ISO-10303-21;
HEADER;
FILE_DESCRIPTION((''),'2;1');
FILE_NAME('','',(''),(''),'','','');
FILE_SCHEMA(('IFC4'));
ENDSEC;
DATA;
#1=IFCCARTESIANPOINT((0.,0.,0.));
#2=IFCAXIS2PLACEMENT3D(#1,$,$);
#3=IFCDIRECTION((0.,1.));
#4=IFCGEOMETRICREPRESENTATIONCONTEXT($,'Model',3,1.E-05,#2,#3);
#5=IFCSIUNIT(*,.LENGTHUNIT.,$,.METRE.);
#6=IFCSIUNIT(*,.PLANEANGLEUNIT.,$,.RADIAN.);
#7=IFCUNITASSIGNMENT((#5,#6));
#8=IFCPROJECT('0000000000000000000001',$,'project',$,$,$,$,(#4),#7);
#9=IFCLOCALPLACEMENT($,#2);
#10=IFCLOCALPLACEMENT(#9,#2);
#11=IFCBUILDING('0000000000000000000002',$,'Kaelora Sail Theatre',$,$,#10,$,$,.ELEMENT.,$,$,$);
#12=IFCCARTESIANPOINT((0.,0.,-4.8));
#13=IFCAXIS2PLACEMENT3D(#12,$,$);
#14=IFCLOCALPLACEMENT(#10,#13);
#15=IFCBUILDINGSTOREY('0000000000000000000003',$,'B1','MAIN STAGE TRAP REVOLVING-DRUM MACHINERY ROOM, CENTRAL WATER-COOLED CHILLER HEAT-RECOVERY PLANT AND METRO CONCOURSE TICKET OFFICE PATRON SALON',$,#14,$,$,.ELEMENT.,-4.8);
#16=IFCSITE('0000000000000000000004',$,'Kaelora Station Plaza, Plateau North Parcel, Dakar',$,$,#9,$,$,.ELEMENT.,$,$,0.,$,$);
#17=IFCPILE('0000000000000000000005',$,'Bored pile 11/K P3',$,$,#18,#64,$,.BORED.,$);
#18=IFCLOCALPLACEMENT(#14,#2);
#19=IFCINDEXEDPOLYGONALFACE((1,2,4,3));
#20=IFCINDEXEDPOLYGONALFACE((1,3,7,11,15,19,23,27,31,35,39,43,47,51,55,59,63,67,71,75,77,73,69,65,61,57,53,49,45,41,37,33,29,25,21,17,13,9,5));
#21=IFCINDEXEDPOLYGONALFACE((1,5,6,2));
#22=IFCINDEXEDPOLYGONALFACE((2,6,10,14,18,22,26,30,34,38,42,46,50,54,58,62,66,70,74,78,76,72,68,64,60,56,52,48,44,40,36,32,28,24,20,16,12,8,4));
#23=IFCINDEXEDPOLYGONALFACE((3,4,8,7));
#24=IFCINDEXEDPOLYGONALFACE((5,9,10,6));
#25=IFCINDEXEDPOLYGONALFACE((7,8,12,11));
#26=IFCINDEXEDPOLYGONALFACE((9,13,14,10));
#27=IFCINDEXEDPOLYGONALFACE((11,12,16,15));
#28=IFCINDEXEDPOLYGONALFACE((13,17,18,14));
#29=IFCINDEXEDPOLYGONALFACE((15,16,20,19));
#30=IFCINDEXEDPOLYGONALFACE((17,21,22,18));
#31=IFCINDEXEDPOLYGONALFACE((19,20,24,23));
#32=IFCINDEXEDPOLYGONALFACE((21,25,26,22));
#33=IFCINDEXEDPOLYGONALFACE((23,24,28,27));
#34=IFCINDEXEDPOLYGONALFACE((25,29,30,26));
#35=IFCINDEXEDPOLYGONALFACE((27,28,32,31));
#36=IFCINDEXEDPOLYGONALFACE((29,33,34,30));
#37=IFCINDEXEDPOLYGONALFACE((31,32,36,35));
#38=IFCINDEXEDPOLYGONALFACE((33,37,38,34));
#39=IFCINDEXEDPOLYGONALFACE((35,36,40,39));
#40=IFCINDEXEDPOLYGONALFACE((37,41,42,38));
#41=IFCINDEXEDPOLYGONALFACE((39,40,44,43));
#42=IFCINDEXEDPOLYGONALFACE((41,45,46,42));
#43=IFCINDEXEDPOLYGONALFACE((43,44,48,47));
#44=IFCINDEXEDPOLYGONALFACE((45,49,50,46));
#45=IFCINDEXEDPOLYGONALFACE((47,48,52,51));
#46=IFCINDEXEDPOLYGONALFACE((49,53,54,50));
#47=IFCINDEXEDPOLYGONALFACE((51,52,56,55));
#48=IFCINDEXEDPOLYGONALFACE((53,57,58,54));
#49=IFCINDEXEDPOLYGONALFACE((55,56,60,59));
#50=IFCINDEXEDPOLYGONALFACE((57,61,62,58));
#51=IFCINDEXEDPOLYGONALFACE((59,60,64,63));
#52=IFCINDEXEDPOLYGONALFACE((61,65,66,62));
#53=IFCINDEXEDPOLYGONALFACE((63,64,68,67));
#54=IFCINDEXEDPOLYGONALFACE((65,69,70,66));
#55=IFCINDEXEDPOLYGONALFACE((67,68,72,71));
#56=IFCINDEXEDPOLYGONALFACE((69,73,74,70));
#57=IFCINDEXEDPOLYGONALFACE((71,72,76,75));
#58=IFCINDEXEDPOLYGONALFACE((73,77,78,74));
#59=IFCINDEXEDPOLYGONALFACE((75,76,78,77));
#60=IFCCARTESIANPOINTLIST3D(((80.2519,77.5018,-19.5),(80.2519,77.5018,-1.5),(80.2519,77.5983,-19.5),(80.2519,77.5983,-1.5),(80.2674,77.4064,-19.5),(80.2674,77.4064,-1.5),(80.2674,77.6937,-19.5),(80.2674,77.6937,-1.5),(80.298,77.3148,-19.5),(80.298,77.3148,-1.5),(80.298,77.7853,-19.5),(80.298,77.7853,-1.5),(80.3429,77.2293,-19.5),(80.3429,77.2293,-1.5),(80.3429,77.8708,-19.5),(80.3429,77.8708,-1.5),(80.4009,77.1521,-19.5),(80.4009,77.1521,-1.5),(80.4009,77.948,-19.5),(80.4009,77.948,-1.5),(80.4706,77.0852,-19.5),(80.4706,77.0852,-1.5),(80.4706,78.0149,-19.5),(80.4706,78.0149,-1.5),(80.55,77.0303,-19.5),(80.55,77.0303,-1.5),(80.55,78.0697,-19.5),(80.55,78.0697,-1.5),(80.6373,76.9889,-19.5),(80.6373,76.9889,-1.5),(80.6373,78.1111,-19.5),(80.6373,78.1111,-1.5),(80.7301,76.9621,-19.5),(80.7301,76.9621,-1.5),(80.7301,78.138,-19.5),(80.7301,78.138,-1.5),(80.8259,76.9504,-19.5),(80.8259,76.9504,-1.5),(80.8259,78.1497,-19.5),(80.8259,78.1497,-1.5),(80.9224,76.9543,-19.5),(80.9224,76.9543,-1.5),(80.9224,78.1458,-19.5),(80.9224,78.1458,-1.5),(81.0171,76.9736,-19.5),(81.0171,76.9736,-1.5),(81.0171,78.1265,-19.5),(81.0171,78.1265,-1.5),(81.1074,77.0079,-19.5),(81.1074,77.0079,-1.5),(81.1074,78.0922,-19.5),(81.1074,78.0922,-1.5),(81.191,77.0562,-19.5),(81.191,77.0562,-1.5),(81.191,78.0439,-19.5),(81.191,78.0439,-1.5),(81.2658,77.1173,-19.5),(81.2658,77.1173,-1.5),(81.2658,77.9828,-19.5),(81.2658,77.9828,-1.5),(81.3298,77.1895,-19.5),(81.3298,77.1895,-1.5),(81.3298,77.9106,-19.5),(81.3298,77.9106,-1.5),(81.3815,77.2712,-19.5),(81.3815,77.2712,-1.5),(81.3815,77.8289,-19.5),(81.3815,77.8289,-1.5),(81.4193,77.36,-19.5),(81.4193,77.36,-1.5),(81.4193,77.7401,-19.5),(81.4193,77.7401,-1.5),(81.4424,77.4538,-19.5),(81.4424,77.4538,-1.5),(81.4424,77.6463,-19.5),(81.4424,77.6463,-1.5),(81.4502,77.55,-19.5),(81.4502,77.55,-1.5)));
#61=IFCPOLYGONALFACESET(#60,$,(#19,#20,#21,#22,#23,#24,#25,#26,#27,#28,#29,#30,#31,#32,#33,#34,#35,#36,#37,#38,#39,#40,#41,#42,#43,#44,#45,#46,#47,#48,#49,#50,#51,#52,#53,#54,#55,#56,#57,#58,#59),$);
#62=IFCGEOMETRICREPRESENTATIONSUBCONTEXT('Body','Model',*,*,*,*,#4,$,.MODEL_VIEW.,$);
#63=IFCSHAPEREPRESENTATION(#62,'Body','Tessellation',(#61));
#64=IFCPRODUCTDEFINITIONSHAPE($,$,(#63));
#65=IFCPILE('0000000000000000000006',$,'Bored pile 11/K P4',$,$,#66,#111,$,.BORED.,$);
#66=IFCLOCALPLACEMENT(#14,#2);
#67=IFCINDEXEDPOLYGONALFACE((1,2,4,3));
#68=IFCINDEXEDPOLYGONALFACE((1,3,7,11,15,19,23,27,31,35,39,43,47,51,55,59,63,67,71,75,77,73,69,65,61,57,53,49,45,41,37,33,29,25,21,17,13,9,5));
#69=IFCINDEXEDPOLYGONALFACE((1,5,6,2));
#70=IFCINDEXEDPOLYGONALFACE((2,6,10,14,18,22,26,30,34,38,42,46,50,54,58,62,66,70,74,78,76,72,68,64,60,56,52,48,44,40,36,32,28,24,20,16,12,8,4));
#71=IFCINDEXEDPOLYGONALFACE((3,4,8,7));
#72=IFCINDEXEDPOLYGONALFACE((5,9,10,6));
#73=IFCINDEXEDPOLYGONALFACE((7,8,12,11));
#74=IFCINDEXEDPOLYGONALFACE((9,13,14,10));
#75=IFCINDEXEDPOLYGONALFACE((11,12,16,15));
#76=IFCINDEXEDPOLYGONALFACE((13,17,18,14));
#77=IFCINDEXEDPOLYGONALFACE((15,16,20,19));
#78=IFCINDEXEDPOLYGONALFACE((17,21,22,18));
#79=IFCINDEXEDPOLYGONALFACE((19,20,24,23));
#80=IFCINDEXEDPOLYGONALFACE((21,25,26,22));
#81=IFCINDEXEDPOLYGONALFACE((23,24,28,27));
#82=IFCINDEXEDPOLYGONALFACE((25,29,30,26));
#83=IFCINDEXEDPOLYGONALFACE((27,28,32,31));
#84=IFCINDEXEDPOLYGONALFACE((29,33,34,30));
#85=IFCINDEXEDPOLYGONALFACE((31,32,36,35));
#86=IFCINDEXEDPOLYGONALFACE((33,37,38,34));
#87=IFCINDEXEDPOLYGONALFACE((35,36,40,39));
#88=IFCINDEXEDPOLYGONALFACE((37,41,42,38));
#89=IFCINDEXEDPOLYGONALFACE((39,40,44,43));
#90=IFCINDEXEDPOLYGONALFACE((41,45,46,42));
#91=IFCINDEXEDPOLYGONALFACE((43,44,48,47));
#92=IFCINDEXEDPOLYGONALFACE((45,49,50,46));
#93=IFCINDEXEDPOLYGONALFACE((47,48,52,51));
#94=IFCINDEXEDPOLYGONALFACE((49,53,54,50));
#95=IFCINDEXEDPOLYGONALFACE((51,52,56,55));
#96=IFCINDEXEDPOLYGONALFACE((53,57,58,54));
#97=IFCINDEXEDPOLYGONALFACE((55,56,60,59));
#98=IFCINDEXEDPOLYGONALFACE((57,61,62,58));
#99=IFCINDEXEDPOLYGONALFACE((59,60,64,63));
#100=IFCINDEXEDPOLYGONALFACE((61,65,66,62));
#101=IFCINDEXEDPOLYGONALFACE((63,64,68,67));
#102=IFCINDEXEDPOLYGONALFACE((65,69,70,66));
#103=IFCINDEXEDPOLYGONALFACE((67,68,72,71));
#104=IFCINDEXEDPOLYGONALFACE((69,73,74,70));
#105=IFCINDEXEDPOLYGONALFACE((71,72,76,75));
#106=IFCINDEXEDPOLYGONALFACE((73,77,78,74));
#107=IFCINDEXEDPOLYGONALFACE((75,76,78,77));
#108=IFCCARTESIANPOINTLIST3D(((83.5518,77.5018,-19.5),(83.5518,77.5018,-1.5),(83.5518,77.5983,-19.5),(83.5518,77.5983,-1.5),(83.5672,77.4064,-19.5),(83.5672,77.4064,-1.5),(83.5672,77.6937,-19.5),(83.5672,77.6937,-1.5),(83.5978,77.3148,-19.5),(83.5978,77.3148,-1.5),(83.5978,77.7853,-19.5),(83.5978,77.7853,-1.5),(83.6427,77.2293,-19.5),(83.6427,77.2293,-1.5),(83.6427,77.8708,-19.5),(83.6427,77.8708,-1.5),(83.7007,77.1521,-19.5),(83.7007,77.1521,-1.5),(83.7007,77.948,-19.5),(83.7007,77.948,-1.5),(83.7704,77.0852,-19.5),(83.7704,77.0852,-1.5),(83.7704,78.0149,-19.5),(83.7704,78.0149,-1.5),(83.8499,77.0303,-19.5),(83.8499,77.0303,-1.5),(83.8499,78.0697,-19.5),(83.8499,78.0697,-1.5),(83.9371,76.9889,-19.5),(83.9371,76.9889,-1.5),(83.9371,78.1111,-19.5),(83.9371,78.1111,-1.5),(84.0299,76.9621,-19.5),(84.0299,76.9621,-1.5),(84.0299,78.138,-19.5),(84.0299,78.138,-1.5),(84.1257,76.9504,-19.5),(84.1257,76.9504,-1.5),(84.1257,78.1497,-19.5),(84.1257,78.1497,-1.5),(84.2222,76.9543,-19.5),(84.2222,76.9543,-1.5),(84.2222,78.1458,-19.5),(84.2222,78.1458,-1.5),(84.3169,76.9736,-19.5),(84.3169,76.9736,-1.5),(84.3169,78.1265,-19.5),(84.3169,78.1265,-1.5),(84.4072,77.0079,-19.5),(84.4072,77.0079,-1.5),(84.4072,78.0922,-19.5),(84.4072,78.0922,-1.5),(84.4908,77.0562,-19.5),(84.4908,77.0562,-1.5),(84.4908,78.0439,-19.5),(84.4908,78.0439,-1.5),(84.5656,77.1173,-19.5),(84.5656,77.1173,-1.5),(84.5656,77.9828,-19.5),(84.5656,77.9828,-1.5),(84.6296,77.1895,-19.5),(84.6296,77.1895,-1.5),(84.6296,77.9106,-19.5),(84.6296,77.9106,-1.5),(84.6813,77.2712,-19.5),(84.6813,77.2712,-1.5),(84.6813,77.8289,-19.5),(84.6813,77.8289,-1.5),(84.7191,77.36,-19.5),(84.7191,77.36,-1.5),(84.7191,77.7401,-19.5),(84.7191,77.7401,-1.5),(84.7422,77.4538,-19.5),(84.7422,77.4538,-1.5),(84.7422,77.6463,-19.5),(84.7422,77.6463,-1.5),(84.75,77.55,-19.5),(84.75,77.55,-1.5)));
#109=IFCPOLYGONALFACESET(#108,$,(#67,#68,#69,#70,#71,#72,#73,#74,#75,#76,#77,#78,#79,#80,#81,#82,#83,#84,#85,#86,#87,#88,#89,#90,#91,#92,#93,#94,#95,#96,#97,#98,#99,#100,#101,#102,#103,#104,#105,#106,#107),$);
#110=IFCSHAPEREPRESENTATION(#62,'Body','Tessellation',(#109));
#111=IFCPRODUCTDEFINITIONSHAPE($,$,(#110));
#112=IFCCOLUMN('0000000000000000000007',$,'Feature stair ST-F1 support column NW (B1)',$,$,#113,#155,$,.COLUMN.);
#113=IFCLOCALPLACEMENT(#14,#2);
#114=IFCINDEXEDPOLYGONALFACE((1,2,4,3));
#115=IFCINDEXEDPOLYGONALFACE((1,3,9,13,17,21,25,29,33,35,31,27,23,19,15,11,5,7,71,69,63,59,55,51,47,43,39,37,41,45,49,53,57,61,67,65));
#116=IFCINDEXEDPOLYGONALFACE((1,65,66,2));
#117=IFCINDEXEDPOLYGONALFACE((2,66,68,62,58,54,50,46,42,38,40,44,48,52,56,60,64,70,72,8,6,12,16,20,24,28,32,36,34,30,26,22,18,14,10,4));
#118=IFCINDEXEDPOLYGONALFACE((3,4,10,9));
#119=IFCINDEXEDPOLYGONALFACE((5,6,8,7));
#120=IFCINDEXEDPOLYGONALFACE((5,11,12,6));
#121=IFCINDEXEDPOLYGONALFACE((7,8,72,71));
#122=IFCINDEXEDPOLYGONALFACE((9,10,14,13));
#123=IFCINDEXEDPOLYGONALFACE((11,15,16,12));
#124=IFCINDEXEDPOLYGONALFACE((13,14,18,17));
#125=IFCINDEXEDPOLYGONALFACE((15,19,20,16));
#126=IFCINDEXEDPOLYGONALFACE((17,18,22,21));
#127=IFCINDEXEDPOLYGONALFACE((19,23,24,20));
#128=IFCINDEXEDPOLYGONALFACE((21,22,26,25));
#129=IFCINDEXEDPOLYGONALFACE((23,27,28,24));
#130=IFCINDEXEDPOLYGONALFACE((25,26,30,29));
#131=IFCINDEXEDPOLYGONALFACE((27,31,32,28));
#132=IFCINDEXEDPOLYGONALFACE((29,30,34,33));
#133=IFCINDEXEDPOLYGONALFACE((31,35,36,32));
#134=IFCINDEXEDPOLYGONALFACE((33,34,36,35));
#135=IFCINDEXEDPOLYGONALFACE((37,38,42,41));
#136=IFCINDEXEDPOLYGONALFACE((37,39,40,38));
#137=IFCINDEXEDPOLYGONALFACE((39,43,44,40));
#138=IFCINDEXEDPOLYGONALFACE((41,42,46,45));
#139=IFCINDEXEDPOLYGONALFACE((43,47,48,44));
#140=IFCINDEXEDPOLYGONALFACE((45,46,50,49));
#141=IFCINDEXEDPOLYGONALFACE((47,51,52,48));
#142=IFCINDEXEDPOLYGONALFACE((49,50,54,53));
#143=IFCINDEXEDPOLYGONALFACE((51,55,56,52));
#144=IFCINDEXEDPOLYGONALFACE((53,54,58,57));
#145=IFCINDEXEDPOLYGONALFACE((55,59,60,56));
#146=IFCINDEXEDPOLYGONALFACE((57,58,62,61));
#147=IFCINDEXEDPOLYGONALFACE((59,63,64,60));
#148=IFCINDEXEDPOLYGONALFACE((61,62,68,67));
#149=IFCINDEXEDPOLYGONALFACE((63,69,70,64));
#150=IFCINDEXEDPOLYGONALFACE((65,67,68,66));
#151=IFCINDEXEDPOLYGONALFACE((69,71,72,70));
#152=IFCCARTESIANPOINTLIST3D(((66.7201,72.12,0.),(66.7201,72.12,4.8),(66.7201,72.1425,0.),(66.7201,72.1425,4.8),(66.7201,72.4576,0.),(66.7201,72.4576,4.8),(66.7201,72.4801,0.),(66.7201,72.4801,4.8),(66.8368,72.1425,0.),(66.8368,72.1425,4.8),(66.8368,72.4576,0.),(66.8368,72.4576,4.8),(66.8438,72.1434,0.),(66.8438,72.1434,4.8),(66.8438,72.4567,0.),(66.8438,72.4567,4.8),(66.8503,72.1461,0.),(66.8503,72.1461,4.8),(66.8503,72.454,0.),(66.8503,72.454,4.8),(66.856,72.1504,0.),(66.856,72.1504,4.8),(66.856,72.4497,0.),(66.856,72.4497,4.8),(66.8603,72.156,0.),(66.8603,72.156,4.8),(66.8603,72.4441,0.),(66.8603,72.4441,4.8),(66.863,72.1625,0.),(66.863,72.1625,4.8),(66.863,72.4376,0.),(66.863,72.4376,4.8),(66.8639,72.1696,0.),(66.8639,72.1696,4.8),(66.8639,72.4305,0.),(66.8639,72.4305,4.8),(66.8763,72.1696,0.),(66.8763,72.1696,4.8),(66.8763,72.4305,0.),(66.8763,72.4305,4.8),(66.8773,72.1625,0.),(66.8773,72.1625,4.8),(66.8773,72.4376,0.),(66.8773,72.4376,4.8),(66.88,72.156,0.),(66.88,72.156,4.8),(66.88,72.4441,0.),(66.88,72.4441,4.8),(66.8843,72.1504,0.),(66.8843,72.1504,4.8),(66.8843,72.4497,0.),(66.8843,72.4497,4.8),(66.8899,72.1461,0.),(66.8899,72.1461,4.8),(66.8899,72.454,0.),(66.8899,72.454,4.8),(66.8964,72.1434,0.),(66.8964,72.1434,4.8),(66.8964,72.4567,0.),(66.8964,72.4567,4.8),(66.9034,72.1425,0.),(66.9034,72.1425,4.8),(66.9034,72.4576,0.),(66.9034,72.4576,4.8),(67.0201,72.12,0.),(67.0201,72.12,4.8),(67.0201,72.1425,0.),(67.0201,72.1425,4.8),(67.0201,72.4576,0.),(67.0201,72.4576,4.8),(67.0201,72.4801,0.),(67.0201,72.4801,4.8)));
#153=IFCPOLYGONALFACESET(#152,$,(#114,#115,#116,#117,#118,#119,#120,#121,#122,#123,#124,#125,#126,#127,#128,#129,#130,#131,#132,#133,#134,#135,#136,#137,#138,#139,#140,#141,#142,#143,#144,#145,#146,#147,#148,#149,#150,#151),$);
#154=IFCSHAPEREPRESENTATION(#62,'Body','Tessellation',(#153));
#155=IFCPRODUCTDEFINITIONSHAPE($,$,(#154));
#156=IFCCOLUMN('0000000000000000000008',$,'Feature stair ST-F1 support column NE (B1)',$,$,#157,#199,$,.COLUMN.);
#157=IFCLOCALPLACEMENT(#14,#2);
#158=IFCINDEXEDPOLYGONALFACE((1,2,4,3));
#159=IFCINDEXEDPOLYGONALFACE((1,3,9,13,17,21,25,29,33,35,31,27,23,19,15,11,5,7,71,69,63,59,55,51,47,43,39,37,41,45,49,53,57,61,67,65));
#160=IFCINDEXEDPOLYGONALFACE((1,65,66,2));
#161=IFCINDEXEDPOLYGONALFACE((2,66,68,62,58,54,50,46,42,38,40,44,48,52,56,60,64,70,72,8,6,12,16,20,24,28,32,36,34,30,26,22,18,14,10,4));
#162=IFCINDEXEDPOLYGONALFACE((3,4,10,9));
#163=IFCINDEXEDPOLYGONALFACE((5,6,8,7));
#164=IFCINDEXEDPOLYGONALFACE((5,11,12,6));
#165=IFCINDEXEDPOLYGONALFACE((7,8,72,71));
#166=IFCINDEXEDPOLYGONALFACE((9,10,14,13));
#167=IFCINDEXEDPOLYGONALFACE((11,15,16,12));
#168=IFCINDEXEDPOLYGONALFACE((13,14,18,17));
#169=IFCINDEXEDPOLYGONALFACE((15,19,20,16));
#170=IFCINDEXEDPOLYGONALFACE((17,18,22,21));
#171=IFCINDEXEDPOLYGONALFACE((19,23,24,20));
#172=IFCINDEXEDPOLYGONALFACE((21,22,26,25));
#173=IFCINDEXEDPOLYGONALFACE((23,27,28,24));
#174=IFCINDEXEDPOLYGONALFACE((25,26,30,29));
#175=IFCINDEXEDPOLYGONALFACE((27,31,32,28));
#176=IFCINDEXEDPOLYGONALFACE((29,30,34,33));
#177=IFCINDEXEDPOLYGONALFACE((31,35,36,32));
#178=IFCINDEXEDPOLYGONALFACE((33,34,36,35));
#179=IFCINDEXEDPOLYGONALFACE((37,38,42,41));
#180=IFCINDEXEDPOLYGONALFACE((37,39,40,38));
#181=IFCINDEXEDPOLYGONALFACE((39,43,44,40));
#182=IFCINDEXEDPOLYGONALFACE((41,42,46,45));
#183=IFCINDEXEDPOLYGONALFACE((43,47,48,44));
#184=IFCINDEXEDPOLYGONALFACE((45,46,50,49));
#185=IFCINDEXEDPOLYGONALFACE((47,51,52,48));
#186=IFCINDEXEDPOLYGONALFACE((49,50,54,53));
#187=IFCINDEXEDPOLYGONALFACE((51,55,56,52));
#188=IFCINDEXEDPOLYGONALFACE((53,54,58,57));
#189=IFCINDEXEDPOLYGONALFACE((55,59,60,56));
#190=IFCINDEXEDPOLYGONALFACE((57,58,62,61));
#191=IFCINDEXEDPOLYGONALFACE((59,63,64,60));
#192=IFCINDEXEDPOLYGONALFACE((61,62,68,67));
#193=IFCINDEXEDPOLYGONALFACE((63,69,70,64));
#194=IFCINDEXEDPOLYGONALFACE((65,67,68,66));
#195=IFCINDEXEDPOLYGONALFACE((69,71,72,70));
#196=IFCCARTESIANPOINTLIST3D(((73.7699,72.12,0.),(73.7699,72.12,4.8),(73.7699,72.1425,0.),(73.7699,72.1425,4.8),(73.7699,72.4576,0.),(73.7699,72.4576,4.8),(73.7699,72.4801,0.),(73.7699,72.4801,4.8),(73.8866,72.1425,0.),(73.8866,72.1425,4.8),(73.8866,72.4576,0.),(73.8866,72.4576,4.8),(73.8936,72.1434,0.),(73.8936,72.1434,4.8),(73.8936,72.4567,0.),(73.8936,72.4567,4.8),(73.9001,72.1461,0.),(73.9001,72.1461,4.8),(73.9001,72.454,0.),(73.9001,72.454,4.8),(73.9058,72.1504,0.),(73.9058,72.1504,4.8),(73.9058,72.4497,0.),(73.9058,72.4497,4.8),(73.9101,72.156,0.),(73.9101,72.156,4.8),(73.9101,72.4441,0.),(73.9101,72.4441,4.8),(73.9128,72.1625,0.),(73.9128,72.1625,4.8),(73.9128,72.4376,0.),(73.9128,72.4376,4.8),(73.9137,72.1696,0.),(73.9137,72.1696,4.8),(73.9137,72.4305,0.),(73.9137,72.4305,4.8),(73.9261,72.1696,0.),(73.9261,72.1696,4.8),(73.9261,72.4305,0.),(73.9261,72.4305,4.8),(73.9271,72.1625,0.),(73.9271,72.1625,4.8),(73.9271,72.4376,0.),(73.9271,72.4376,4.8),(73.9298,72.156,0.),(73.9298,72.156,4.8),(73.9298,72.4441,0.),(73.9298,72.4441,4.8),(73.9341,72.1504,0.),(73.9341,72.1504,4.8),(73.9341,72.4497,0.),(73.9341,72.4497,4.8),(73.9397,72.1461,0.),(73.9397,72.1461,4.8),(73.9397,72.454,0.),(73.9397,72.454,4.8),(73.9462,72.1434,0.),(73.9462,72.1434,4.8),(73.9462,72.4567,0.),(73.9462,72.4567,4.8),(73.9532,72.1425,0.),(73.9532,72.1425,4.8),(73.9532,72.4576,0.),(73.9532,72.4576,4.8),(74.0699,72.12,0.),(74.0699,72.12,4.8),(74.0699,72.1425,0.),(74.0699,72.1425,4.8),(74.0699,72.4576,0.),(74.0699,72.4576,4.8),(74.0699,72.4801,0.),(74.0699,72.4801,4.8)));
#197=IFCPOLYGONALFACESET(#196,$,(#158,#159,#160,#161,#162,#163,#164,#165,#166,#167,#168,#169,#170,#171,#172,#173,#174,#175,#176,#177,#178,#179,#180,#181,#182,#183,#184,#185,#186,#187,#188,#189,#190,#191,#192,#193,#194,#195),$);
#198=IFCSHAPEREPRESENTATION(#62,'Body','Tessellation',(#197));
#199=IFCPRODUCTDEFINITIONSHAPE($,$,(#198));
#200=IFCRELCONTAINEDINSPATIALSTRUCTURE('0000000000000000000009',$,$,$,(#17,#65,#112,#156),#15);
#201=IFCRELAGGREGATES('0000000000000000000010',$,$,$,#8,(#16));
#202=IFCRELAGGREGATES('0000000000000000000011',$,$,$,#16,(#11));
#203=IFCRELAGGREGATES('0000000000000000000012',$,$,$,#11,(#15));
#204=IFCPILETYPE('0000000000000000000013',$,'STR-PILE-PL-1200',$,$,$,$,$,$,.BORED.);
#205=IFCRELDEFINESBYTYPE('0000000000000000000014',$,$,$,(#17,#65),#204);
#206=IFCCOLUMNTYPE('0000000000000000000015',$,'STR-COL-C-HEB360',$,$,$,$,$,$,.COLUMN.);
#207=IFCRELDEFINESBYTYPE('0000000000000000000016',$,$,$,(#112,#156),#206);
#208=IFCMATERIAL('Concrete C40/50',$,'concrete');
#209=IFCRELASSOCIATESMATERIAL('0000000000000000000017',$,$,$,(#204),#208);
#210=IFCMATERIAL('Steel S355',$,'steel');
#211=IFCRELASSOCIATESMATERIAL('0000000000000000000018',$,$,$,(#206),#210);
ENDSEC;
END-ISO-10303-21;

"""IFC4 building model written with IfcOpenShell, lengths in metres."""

from ifc_helpers import new_model, si_unit, direction, frame, origin, origin_2d, place, context, subcontext, project, spatial, circle, i_section, extrude, material, material_profile, profile_set, type_object, element, save


model = new_model("IFC4")

# Units and contexts
model_context = context("Model", 3, precision=1e-05, world=origin(), true_north=direction((0.0, 1.0)))
body_context = subcontext(model_context, "Body", "Model", "MODEL_VIEW")
ifc_project = project(units=[si_unit("LENGTHUNIT", "METRE"), si_unit("PLANEANGLEUNIT", "RADIAN")], contexts=[model_context])

# Site, building, storey
site_placement = place(None, origin())
site = spatial("IfcSite", under=ifc_project, at=site_placement, Name="Kaelora Station Plaza, Plateau North Parcel, Dakar", CompositionType="ELEMENT", RefElevation=0.0)
building_placement = place(site_placement, origin())
building = spatial("IfcBuilding", under=site, at=building_placement, Name="Kaelora Sail Theatre", CompositionType="ELEMENT")
storey_placement = place(building_placement, frame((0.0, 0.0, -4.8)))
storey = spatial("IfcBuildingStorey", under=building, at=storey_placement, Name="B1", Description="MAIN STAGE TRAP REVOLVING-DRUM MACHINERY ROOM, CENTRAL WATER-COOLED CHILLER HEAT-RECOVERY PLANT AND METRO CONCOURSE TICKET OFFICE PATRON SALON", CompositionType="ELEMENT", Elevation=-4.8)

# Piles
ifc_material_1 = material(Name="Concrete C40/50", Category="concrete")
ifc_material_profile_1 = material_profile(ifc_material_1, circle(Radius=0.6001, at=origin_2d()), Name="PILE D1200")
ifc_profile_set_1 = profile_set([ifc_material_profile_1], Name="Concrete C40/50")
pile_type_1 = type_object("IfcPileType", Name="STR-PILE-PL-1200", PredefinedType="BORED", material=ifc_profile_set_1)
for number, where, z_axis, x_axis, name in (
    (1, (80.8501, 77.55, -1.5), (0.0, 0.0, -1.0), (1.0, 0.0, 0.0), "Bored pile 11/K P3"),
    (2, (84.1499, 77.55, -1.5), (0.0, 0.0, -1.0), (1.0, 0.0, 0.0), "Bored pile 11/K P4"),
):
    element("IfcPile", number, at=place(storey_placement, frame(where, z_axis=z_axis, x_axis=x_axis)), inside=storey, type_object=pile_type_1, Name=name, PredefinedType="BORED", context=body_context, shape_type="SweptSolid", body=[
        extrude(circle(Radius=0.6001, at=origin_2d()), origin(), (0.0, 0.0, 1.0), 18.0),
    ])

# Columns
ifc_material_2 = material(Name="Steel S355", Category="steel")
ifc_material_profile_2 = material_profile(ifc_material_2, i_section(OverallWidth=0.3, OverallDepth=0.3601, WebThickness=0.0125, FlangeThickness=0.0225, FilletRadius=0.0271, at=origin_2d()), Name="HEB 360")
ifc_profile_set_2 = profile_set([ifc_material_profile_2], Name="Steel S355")
column_type_1 = type_object("IfcColumnType", Name="STR-COL-C-HEB360", PredefinedType="COLUMN", material=ifc_profile_set_2)
for number, where, z_axis, x_axis, name in (
    (3, (66.8701, 72.3, 0.0), (0.0, 0.0, 1.0), (1.0, 0.0, 0.0), "Feature stair ST-F1 support column NW (B1)"),
    (4, (73.9199, 72.3, 0.0), (0.0, 0.0, 1.0), (1.0, 0.0, 0.0), "Feature stair ST-F1 support column NE (B1)"),
):
    element("IfcColumn", number, at=place(storey_placement, frame(where, z_axis=z_axis, x_axis=x_axis)), inside=storey, type_object=column_type_1, Name=name, PredefinedType="COLUMN", context=body_context, shape_type="SweptSolid", body=[
        extrude(i_section(OverallWidth=0.3, OverallDepth=0.3601, WebThickness=0.0125, FlangeThickness=0.0225, FilletRadius=0.0271, at=origin_2d()), origin(), (0.0, 0.0, 1.0), 4.8),
    ])

save(model, "model.ifc")
